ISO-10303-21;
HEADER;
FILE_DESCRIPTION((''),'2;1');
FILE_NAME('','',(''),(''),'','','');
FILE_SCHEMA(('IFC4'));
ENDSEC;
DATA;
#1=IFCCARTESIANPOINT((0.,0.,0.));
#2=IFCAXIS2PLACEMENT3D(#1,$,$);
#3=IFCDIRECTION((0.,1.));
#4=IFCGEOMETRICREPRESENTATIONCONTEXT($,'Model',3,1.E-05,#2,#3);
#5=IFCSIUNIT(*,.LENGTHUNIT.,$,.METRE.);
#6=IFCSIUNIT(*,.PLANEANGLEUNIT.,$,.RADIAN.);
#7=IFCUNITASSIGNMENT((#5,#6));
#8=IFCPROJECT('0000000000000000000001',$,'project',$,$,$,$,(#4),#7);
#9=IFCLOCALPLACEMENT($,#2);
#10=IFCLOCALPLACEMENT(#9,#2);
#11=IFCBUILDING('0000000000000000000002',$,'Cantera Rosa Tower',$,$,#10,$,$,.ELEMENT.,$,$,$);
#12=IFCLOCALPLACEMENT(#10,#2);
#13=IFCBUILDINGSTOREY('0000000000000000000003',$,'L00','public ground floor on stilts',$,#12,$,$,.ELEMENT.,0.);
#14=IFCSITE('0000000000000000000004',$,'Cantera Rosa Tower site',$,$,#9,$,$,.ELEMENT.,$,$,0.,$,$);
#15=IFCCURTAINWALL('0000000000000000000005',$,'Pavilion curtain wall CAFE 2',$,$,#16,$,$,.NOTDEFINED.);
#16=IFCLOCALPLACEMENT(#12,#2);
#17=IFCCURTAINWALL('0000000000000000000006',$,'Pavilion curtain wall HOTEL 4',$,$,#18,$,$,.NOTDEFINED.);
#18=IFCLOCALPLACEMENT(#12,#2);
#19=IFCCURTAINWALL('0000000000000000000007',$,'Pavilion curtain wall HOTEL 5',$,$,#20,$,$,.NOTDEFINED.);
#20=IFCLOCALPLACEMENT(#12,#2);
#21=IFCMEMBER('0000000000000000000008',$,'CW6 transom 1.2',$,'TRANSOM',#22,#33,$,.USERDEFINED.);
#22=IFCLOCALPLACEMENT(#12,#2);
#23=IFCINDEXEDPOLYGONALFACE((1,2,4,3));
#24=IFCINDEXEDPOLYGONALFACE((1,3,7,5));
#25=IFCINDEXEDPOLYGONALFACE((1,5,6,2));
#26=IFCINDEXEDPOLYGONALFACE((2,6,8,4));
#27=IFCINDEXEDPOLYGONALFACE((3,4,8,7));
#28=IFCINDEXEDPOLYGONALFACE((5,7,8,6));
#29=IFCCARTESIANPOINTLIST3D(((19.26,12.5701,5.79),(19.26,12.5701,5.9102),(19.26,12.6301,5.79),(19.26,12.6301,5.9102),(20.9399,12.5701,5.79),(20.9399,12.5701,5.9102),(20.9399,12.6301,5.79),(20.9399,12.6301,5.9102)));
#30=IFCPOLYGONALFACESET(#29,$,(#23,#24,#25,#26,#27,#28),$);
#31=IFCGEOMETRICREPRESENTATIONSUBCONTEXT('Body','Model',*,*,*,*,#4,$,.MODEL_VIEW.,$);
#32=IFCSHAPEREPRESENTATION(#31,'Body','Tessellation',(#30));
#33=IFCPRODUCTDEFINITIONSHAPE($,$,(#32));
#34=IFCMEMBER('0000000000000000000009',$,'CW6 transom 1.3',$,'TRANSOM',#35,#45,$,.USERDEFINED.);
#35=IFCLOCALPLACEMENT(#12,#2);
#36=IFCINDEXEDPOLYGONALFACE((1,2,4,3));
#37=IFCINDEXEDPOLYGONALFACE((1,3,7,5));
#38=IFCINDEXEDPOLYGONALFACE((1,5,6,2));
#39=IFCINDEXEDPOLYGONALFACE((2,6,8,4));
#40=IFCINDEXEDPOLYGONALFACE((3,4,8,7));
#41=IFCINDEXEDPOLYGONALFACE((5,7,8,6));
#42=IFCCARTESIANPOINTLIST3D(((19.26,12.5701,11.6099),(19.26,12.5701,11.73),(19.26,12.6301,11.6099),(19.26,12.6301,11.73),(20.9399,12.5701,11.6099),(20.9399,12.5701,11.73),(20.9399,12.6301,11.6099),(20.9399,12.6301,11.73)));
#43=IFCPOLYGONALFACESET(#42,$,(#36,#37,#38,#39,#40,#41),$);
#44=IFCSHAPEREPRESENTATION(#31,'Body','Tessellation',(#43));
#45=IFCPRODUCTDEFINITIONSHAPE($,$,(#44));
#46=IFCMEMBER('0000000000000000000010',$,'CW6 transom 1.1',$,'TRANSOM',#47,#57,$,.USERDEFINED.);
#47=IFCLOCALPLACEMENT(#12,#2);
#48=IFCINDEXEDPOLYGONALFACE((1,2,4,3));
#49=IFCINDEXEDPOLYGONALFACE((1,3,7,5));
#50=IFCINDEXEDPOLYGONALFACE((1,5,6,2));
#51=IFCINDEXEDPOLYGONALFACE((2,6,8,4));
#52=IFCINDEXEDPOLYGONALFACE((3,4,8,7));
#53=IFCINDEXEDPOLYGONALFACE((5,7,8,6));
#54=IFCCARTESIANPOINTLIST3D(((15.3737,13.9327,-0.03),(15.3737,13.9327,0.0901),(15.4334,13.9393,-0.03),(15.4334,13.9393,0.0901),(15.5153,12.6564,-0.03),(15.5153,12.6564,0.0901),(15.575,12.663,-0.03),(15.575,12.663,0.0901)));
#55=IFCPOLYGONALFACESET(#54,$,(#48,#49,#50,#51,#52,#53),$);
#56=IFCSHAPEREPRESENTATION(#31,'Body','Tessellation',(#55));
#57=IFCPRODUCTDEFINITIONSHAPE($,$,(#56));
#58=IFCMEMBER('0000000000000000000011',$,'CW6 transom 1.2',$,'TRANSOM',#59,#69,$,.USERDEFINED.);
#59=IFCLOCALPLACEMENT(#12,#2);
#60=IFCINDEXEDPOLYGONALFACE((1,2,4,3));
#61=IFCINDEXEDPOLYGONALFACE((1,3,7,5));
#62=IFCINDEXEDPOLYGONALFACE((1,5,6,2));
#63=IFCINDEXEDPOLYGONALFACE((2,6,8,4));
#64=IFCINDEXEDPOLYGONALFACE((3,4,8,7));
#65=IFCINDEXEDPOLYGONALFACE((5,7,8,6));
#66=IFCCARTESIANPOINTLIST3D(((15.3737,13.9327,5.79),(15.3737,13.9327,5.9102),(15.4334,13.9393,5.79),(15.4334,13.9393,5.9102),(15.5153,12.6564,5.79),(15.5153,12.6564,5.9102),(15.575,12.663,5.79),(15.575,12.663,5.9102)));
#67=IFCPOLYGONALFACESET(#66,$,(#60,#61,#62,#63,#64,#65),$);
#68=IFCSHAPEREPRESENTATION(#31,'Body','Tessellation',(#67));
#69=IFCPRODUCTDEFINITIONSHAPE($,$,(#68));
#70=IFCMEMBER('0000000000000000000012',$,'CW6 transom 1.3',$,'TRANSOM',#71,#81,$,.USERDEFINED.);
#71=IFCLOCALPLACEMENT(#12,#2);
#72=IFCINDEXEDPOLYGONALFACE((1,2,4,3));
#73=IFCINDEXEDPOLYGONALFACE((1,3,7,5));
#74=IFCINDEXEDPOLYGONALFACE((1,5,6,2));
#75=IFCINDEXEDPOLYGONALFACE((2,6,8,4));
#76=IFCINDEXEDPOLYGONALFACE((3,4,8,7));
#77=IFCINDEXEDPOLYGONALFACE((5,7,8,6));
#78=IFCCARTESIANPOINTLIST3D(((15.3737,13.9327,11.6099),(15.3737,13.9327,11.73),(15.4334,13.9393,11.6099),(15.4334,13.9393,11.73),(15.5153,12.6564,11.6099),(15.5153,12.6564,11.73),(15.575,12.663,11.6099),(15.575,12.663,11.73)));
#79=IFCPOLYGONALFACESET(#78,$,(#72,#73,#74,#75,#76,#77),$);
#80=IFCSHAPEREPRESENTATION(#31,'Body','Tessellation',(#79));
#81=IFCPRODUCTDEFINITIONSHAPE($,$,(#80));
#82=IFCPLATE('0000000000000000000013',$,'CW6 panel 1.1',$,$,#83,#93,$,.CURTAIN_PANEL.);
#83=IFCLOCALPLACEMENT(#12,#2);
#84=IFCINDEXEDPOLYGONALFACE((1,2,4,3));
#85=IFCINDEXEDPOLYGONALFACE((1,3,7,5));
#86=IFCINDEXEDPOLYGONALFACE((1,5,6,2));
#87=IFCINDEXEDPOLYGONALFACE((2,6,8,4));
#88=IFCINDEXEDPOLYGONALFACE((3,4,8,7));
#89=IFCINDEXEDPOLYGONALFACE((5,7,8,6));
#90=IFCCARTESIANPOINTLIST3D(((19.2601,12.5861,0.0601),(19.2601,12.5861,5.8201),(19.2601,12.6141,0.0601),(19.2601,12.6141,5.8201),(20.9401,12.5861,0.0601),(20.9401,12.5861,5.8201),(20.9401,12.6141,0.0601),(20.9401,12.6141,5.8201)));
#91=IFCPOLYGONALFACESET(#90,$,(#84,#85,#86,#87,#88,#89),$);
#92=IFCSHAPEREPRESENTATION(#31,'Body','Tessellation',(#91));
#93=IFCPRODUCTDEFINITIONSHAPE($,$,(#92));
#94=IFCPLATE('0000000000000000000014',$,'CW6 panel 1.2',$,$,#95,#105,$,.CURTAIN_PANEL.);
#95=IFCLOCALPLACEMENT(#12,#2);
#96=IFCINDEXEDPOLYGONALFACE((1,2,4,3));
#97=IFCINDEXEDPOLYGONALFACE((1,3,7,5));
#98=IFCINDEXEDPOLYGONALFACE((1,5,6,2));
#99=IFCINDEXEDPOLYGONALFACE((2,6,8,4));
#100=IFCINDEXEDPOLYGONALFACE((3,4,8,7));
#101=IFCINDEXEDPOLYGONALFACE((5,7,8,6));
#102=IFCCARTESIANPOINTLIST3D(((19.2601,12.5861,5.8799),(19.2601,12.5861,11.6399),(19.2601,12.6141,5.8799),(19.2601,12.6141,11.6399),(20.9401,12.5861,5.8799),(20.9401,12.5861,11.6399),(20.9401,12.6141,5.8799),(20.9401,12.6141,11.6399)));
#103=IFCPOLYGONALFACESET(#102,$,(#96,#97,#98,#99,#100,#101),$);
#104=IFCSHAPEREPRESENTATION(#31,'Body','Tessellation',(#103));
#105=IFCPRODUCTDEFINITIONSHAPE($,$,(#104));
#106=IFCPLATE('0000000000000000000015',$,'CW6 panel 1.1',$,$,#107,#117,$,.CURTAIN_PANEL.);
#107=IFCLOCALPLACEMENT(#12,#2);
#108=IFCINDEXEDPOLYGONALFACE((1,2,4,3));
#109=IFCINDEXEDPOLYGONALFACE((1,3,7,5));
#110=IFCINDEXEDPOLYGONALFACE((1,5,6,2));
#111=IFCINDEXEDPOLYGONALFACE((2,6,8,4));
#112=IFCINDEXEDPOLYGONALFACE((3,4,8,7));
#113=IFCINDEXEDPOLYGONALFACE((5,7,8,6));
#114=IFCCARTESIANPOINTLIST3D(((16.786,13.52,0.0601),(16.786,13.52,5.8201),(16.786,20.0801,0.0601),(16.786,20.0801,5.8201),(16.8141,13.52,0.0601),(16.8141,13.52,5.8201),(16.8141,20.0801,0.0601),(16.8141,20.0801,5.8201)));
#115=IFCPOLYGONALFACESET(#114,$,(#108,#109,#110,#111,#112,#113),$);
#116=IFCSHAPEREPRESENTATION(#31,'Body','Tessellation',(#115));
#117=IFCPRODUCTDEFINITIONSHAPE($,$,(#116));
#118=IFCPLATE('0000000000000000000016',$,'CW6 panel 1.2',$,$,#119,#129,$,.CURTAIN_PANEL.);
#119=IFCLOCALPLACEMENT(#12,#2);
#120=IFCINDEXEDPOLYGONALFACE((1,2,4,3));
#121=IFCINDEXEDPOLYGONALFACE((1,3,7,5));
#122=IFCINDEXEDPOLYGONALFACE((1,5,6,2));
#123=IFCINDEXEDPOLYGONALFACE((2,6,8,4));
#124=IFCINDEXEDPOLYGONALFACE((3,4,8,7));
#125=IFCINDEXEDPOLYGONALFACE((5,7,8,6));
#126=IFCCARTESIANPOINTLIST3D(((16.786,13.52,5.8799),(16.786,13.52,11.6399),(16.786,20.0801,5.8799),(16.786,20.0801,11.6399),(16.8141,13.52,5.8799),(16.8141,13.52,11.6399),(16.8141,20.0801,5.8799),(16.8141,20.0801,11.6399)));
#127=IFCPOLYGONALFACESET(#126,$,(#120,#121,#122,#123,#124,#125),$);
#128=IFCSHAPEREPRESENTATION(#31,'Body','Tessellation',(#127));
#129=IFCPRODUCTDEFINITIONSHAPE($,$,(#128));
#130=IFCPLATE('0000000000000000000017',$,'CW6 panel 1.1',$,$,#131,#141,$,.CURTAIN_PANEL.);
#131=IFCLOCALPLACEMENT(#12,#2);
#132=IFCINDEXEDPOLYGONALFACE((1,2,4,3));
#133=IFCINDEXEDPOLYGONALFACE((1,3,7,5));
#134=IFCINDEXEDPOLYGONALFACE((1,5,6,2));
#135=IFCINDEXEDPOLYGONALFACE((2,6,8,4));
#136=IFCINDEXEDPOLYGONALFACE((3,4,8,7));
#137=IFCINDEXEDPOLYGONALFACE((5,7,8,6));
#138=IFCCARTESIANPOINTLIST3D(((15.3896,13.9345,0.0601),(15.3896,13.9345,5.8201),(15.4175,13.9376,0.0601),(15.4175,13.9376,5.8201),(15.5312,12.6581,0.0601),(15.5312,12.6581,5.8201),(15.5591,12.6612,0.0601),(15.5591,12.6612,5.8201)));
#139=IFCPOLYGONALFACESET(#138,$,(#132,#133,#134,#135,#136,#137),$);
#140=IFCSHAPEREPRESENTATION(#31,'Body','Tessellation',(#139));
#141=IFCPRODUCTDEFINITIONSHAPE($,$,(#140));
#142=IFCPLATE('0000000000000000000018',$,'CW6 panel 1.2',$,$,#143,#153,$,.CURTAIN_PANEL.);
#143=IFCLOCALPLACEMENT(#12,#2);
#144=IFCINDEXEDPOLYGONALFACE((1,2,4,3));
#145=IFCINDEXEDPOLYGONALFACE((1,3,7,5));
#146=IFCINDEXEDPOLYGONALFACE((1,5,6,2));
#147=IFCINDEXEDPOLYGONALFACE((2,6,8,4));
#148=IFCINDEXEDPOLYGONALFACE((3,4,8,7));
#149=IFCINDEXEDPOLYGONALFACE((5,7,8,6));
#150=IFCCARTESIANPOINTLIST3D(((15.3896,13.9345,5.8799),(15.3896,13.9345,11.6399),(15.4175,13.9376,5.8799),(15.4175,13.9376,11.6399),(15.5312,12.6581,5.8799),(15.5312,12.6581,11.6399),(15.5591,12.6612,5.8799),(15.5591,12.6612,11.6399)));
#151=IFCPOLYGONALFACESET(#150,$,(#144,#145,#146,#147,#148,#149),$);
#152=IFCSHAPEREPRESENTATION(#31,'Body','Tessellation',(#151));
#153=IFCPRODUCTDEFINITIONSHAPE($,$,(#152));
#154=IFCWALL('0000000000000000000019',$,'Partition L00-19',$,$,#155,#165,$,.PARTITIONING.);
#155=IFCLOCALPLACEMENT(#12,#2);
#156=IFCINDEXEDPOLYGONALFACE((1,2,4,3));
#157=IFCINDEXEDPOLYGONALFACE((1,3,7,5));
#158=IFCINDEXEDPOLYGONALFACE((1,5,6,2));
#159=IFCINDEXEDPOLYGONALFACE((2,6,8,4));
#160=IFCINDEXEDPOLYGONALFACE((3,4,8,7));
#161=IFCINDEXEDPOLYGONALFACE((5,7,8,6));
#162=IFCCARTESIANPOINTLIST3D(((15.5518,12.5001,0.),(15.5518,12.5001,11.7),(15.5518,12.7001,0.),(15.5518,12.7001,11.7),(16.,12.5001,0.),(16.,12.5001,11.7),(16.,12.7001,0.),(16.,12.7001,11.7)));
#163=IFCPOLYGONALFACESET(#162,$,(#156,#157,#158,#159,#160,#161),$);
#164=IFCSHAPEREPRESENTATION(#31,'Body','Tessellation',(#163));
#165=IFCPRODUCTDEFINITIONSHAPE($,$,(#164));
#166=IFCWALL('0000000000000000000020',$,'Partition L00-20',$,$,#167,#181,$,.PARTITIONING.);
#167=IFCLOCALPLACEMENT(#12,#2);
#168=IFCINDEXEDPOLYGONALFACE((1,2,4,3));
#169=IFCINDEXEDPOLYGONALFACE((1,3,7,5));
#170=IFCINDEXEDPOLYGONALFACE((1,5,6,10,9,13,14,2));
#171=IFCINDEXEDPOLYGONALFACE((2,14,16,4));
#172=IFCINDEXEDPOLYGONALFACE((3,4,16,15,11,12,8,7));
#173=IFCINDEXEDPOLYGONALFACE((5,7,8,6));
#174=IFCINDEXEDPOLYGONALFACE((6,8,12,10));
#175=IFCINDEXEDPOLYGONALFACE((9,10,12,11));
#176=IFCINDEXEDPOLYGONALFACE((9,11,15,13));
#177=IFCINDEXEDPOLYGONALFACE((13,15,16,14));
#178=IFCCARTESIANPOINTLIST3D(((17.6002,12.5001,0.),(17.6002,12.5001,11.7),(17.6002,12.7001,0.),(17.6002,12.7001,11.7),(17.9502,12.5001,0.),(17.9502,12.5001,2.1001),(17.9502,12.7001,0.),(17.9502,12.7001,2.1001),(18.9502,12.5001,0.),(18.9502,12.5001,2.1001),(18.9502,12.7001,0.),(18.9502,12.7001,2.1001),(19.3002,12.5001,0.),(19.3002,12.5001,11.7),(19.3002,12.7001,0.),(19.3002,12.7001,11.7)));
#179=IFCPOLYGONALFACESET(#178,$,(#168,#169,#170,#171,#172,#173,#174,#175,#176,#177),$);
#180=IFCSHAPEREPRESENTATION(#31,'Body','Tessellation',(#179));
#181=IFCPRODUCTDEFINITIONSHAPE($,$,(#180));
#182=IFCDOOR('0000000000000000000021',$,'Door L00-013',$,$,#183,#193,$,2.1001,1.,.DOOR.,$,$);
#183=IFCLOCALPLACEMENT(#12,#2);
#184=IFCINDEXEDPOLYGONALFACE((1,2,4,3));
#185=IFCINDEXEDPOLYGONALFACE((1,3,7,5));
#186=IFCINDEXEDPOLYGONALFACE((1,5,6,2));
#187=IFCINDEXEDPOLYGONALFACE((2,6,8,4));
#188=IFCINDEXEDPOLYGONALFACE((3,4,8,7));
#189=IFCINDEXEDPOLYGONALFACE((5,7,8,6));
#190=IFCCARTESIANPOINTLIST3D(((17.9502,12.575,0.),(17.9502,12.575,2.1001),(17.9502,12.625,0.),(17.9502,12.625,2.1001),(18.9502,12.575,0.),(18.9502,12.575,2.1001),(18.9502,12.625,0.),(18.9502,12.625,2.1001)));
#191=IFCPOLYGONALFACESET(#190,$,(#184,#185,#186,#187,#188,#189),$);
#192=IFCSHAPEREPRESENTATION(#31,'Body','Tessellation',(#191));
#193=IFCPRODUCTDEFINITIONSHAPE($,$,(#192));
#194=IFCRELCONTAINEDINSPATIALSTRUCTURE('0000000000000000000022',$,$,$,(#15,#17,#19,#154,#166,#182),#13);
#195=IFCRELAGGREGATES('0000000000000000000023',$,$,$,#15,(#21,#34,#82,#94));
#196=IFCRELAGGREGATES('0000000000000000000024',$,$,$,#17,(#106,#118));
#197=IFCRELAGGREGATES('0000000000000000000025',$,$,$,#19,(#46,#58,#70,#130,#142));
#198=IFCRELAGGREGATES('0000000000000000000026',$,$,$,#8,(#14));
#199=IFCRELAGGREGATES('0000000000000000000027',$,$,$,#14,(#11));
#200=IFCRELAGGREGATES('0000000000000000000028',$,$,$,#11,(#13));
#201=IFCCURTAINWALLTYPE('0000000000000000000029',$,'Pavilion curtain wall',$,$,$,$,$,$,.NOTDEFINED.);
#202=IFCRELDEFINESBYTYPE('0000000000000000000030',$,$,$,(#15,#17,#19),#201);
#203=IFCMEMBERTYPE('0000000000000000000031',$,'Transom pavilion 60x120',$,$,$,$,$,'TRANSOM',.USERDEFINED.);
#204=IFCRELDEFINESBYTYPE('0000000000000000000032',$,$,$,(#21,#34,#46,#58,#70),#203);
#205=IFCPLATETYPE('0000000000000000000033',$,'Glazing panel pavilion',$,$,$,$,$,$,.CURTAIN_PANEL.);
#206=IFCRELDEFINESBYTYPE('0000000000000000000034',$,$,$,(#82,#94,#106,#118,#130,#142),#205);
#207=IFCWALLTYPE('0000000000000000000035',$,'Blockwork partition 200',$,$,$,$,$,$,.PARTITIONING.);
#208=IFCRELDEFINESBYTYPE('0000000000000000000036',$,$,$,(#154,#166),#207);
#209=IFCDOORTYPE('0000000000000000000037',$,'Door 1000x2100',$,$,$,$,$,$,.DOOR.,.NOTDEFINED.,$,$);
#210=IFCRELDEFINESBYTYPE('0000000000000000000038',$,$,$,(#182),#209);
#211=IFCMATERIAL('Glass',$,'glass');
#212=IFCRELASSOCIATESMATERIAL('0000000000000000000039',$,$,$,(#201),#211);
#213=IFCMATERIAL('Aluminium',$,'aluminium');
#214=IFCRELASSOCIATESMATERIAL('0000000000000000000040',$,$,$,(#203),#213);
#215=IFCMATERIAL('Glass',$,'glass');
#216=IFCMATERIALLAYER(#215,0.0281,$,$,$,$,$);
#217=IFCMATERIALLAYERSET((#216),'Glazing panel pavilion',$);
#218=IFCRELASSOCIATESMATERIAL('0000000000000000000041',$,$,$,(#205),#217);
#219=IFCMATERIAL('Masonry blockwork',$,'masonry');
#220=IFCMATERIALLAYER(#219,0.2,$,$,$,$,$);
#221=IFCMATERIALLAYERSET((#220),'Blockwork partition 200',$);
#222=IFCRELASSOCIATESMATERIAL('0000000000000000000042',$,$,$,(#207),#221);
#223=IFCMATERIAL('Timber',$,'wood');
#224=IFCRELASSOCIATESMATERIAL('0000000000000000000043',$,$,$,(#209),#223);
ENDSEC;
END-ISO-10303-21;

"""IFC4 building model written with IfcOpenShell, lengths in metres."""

from ifc_helpers import new_model, si_unit, direction, frame, frame_2d, origin, origin_2d, place, context, subcontext, project, spatial, rectangle, extrude, material, layer, layer_set, material_profile, profile_set, type_object, element, fill, aggregate, save


model = new_model("IFC4")

# Units and contexts
model_context = context("Model", 3, precision=1e-05, world=origin(), true_north=direction((0.0, 1.0)))
body_context = subcontext(model_context, "Body", "Model", "MODEL_VIEW")
ifc_project = project(units=[si_unit("LENGTHUNIT", "METRE"), si_unit("PLANEANGLEUNIT", "RADIAN")], contexts=[model_context])

# Site, building, storey
site_placement = place(None, origin())
site = spatial("IfcSite", under=ifc_project, at=site_placement, Name="Cantera Rosa Tower site", CompositionType="ELEMENT", RefElevation=0.0)
building_placement = place(site_placement, origin())
building = spatial("IfcBuilding", under=site, at=building_placement, Name="Cantera Rosa Tower", CompositionType="ELEMENT")
storey_placement = place(building_placement, origin())
storey = spatial("IfcBuildingStorey", under=building, at=storey_placement, Name="L00", Description="public ground floor on stilts", CompositionType="ELEMENT", Elevation=0.0)

# Curtain wall
ifc_material_1 = material(Name="Glass", Category="glass")
curtain_wall_type = type_object("IfcCurtainWallType", Name="Pavilion curtain wall", PredefinedType="NOTDEFINED", material=ifc_material_1)
curtain_wall_1_placement = place(storey_placement, origin())
curtain_wall_1 = element("IfcCurtainWall", 1, at=curtain_wall_1_placement, inside=storey, type_object=curtain_wall_type, Name="Pavilion curtain wall CAFE 2", PredefinedType="NOTDEFINED")

# Curtain wall
curtain_wall_2_placement = place(storey_placement, origin())
curtain_wall_2 = element("IfcCurtainWall", 2, at=curtain_wall_2_placement, inside=storey, type_object=curtain_wall_type, Name="Pavilion curtain wall HOTEL 4", PredefinedType="NOTDEFINED")

# Curtain wall
curtain_wall_3_placement = place(storey_placement, origin())
curtain_wall_3 = element("IfcCurtainWall", 3, at=curtain_wall_3_placement, inside=storey, type_object=curtain_wall_type, Name="Pavilion curtain wall HOTEL 5", PredefinedType="NOTDEFINED")

# Members
ifc_material_2 = material(Name="Aluminium", Category="aluminium")
ifc_material_profile_1 = material_profile(ifc_material_2, rectangle(XDim=0.0601, YDim=0.1201, at=origin_2d()), Name="Transom pavilion 60x120")
ifc_profile_set_1 = profile_set([ifc_material_profile_1], Name="Aluminium")
member_type_1 = type_object("IfcMemberType", Name="Transom pavilion 60x120", ElementType="TRANSOM", PredefinedType="USERDEFINED", material=ifc_profile_set_1)
member_1_placement = place(storey_placement, frame((20.9399, 12.6001, 5.8501), z_axis=(-1.0, 0.0, 0.0), x_axis=(0.0, -1.0, 0.0)))
member_1 = element("IfcMember", 4, at=member_1_placement, type_object=member_type_1, Name="CW6 transom 1.2", ObjectType="TRANSOM", PredefinedType="USERDEFINED", context=body_context, shape_type="SweptSolid", body=[
    extrude(rectangle(XDim=0.0601, YDim=0.1201, at=origin_2d()), origin(), (0.0, 0.0, 1.0), 1.6799),
])
member_2_placement = place(storey_placement, frame((20.9399, 12.6001, 11.6699), z_axis=(-1.0, 0.0, 0.0), x_axis=(0.0, -1.0, 0.0)))
member_2 = element("IfcMember", 5, at=member_2_placement, type_object=member_type_1, Name="CW6 transom 1.3", ObjectType="TRANSOM", PredefinedType="USERDEFINED", context=body_context, shape_type="SweptSolid", body=[
    extrude(rectangle(XDim=0.0601, YDim=0.1201, at=origin_2d()), origin(), (0.0, 0.0, 1.0), 1.6799),
])
member_3_placement = place(storey_placement, frame((15.5452, 12.6597, 0.03), z_axis=(-0.110265, 0.993902, 0.0), x_axis=(-0.993902, -0.110265, 0.0)))
member_3 = element("IfcMember", 6, at=member_3_placement, type_object=member_type_1, Name="CW6 transom 1.1", ObjectType="TRANSOM", PredefinedType="USERDEFINED", context=body_context, shape_type="SweptSolid", body=[
    extrude(rectangle(XDim=0.0601, YDim=0.1201, at=origin_2d()), origin(), (0.0, 0.0, 1.0), 1.2842),
])
member_4_placement = place(storey_placement, frame((15.5452, 12.6597, 5.8501), z_axis=(-0.110265, 0.993902, 0.0), x_axis=(-0.993902, -0.110265, 0.0)))
member_4 = element("IfcMember", 7, at=member_4_placement, type_object=member_type_1, Name="CW6 transom 1.2", ObjectType="TRANSOM", PredefinedType="USERDEFINED", context=body_context, shape_type="SweptSolid", body=[
    extrude(rectangle(XDim=0.0601, YDim=0.1201, at=origin_2d()), origin(), (0.0, 0.0, 1.0), 1.2842),
])
member_5_placement = place(storey_placement, frame((15.5452, 12.6597, 11.6699), z_axis=(-0.110265, 0.993902, 0.0), x_axis=(-0.993902, -0.110265, 0.0)))
member_5 = element("IfcMember", 8, at=member_5_placement, type_object=member_type_1, Name="CW6 transom 1.3", ObjectType="TRANSOM", PredefinedType="USERDEFINED", context=body_context, shape_type="SweptSolid", body=[
    extrude(rectangle(XDim=0.0601, YDim=0.1201, at=origin_2d()), origin(), (0.0, 0.0, 1.0), 1.2842),
])

# Plates
ifc_material_3 = material(Name="Glass", Category="glass")
ifc_layer_1 = layer(ifc_material_3, 0.0281)
ifc_layer_set_1 = layer_set([ifc_layer_1], Name="Glazing panel pavilion")
plate_type = type_object("IfcPlateType", Name="Glazing panel pavilion", PredefinedType="CURTAIN_PANEL", material=ifc_layer_set_1)
plate_1_placement = place(storey_placement, frame((20.1001, 12.6001, 0.0601), z_axis=(0.0, 0.0, 1.0), x_axis=(-1.0, 0.0, 0.0)))
plate_1 = element("IfcPlate", 9, at=plate_1_placement, type_object=plate_type, Name="CW6 panel 1.1", PredefinedType="CURTAIN_PANEL", context=body_context, shape_type="SweptSolid", body=[
    extrude(rectangle(XDim=1.6799, YDim=0.0281, at=origin_2d()), origin(), (0.0, 0.0, 1.0), 5.76),
])
plate_2_placement = place(storey_placement, frame((20.1001, 12.6001, 5.8799), z_axis=(0.0, 0.0, 1.0), x_axis=(-1.0, 0.0, 0.0)))
plate_2 = element("IfcPlate", 10, at=plate_2_placement, type_object=plate_type, Name="CW6 panel 1.2", PredefinedType="CURTAIN_PANEL", context=body_context, shape_type="SweptSolid", body=[
    extrude(rectangle(XDim=1.6799, YDim=0.0281, at=origin_2d()), origin(), (0.0, 0.0, 1.0), 5.76),
])
aggregate(curtain_wall_1, [member_1, member_2, plate_1, plate_2])
plate_3_placement = place(storey_placement, frame((16.8, 16.8, 0.0601), z_axis=(0.0, 0.0, 1.0), x_axis=(0.0, -1.0, 0.0)))
plate_3 = element("IfcPlate", 11, at=plate_3_placement, type_object=plate_type, Name="CW6 panel 1.1", PredefinedType="CURTAIN_PANEL", context=body_context, shape_type="SweptSolid", body=[
    extrude(rectangle(XDim=6.5601, YDim=0.0281, at=origin_2d()), origin(), (0.0, 0.0, 1.0), 5.76),
])
plate_4_placement = place(storey_placement, frame((16.8, 16.8, 5.8799), z_axis=(0.0, 0.0, 1.0), x_axis=(0.0, -1.0, 0.0)))
plate_4 = element("IfcPlate", 12, at=plate_4_placement, type_object=plate_type, Name="CW6 panel 1.2", PredefinedType="CURTAIN_PANEL", context=body_context, shape_type="SweptSolid", body=[
    extrude(rectangle(XDim=6.5601, YDim=0.0281, at=origin_2d()), origin(), (0.0, 0.0, 1.0), 5.76),
])
aggregate(curtain_wall_2, [plate_3, plate_4])
plate_5_placement = place(storey_placement, frame((15.4744, 13.2979, 0.0601), z_axis=(0.0, 0.0, 1.0), x_axis=(-0.110314, 0.993897, 0.0)))
plate_5 = element("IfcPlate", 13, at=plate_5_placement, type_object=plate_type, Name="CW6 panel 1.1", PredefinedType="CURTAIN_PANEL", context=body_context, shape_type="SweptSolid", body=[
    extrude(rectangle(XDim=1.2842, YDim=0.0281, at=origin_2d()), origin(), (0.0, 0.0, 1.0), 5.76),
])
plate_6_placement = place(storey_placement, frame((15.4744, 13.2979, 5.8799), z_axis=(0.0, 0.0, 1.0), x_axis=(-0.110314, 0.993897, 0.0)))
plate_6 = element("IfcPlate", 14, at=plate_6_placement, type_object=plate_type, Name="CW6 panel 1.2", PredefinedType="CURTAIN_PANEL", context=body_context, shape_type="SweptSolid", body=[
    extrude(rectangle(XDim=1.2842, YDim=0.0281, at=origin_2d()), origin(), (0.0, 0.0, 1.0), 5.76),
])
aggregate(curtain_wall_3, [member_3, member_4, member_5, plate_5, plate_6])

# Wall
ifc_material_4 = material(Name="Masonry blockwork", Category="masonry")
ifc_layer_2 = layer(ifc_material_4, 0.2)
ifc_layer_set_2 = layer_set([ifc_layer_2], Name="Blockwork partition 200")
wall_type_1 = type_object("IfcWallType", Name="Blockwork partition 200", PredefinedType="PARTITIONING", material=ifc_layer_set_2)
wall_1_placement = place(storey_placement, frame((15.5518, 12.6001, 0.0), z_axis=(0.0, 0.0, 1.0), x_axis=(1.0, 0.0, 0.0)))
element("IfcWall", 15, at=wall_1_placement, inside=storey, type_object=wall_type_1, Name="Partition L00-19", PredefinedType="PARTITIONING", context=body_context, shape_type="SweptSolid", body=[
    extrude(rectangle(XDim=0.4482, YDim=0.2, at=frame_2d((0.2241, 0.0))), origin(), (0.0, 0.0, 1.0), 11.7),
])

# Wall, opening, door
wall_2_placement = place(storey_placement, frame((17.6001, 12.6001, 0.0), z_axis=(0.0, 0.0, 1.0), x_axis=(1.0, 0.0, 0.0)))
wall_2 = element("IfcWall", 16, at=wall_2_placement, inside=storey, type_object=wall_type_1, Name="Partition L00-20", PredefinedType="PARTITIONING", context=body_context, shape_type="SweptSolid", body=[
    extrude(rectangle(XDim=1.7, YDim=0.2, at=frame_2d((0.8501, 0.0))), origin(), (0.0, 0.0, 1.0), 11.7),
])
opening_1_placement = place(wall_2_placement, frame((0.3501, 0.0, 0.0)))
opening_1 = element("IfcOpeningElement", 17, at=opening_1_placement, cuts=wall_2, PredefinedType="OPENING", context=body_context, shape_type="SweptSolid", body=[
    extrude(rectangle(XDim=1.0, YDim=2.1001, at=frame_2d((0.5, 1.05))), frame((0.0, 0.1099, 0.0), z_axis=(0.0, -1.0, 0.0), x_axis=(1.0, 0.0, 0.0)), (0.0, 0.0, 1.0), 0.22),
])
ifc_material_5 = material(Name="Timber", Category="wood")
door_type_1 = type_object("IfcDoorType", Name="Door 1000x2100", OperationType="NOTDEFINED", PredefinedType="DOOR", material=ifc_material_5)
door_1_placement = place(opening_1_placement, origin())
door_1 = element("IfcDoor", 18, at=door_1_placement, inside=storey, type_object=door_type_1, Name="Door L00-013", OverallHeight=2.1001, OverallWidth=1.0, PredefinedType="DOOR", context=body_context, shape_type="SweptSolid", body=[
    extrude(rectangle(XDim=1.0, YDim=2.1001, at=frame_2d((0.5, 1.05))), frame((0.0, 0.0249, 0.0), z_axis=(0.0, -1.0, 0.0), x_axis=(1.0, 0.0, 0.0)), (0.0, 0.0, 1.0), 0.05),
])
fill(opening_1, door_1)

save(model, "model.ifc")
